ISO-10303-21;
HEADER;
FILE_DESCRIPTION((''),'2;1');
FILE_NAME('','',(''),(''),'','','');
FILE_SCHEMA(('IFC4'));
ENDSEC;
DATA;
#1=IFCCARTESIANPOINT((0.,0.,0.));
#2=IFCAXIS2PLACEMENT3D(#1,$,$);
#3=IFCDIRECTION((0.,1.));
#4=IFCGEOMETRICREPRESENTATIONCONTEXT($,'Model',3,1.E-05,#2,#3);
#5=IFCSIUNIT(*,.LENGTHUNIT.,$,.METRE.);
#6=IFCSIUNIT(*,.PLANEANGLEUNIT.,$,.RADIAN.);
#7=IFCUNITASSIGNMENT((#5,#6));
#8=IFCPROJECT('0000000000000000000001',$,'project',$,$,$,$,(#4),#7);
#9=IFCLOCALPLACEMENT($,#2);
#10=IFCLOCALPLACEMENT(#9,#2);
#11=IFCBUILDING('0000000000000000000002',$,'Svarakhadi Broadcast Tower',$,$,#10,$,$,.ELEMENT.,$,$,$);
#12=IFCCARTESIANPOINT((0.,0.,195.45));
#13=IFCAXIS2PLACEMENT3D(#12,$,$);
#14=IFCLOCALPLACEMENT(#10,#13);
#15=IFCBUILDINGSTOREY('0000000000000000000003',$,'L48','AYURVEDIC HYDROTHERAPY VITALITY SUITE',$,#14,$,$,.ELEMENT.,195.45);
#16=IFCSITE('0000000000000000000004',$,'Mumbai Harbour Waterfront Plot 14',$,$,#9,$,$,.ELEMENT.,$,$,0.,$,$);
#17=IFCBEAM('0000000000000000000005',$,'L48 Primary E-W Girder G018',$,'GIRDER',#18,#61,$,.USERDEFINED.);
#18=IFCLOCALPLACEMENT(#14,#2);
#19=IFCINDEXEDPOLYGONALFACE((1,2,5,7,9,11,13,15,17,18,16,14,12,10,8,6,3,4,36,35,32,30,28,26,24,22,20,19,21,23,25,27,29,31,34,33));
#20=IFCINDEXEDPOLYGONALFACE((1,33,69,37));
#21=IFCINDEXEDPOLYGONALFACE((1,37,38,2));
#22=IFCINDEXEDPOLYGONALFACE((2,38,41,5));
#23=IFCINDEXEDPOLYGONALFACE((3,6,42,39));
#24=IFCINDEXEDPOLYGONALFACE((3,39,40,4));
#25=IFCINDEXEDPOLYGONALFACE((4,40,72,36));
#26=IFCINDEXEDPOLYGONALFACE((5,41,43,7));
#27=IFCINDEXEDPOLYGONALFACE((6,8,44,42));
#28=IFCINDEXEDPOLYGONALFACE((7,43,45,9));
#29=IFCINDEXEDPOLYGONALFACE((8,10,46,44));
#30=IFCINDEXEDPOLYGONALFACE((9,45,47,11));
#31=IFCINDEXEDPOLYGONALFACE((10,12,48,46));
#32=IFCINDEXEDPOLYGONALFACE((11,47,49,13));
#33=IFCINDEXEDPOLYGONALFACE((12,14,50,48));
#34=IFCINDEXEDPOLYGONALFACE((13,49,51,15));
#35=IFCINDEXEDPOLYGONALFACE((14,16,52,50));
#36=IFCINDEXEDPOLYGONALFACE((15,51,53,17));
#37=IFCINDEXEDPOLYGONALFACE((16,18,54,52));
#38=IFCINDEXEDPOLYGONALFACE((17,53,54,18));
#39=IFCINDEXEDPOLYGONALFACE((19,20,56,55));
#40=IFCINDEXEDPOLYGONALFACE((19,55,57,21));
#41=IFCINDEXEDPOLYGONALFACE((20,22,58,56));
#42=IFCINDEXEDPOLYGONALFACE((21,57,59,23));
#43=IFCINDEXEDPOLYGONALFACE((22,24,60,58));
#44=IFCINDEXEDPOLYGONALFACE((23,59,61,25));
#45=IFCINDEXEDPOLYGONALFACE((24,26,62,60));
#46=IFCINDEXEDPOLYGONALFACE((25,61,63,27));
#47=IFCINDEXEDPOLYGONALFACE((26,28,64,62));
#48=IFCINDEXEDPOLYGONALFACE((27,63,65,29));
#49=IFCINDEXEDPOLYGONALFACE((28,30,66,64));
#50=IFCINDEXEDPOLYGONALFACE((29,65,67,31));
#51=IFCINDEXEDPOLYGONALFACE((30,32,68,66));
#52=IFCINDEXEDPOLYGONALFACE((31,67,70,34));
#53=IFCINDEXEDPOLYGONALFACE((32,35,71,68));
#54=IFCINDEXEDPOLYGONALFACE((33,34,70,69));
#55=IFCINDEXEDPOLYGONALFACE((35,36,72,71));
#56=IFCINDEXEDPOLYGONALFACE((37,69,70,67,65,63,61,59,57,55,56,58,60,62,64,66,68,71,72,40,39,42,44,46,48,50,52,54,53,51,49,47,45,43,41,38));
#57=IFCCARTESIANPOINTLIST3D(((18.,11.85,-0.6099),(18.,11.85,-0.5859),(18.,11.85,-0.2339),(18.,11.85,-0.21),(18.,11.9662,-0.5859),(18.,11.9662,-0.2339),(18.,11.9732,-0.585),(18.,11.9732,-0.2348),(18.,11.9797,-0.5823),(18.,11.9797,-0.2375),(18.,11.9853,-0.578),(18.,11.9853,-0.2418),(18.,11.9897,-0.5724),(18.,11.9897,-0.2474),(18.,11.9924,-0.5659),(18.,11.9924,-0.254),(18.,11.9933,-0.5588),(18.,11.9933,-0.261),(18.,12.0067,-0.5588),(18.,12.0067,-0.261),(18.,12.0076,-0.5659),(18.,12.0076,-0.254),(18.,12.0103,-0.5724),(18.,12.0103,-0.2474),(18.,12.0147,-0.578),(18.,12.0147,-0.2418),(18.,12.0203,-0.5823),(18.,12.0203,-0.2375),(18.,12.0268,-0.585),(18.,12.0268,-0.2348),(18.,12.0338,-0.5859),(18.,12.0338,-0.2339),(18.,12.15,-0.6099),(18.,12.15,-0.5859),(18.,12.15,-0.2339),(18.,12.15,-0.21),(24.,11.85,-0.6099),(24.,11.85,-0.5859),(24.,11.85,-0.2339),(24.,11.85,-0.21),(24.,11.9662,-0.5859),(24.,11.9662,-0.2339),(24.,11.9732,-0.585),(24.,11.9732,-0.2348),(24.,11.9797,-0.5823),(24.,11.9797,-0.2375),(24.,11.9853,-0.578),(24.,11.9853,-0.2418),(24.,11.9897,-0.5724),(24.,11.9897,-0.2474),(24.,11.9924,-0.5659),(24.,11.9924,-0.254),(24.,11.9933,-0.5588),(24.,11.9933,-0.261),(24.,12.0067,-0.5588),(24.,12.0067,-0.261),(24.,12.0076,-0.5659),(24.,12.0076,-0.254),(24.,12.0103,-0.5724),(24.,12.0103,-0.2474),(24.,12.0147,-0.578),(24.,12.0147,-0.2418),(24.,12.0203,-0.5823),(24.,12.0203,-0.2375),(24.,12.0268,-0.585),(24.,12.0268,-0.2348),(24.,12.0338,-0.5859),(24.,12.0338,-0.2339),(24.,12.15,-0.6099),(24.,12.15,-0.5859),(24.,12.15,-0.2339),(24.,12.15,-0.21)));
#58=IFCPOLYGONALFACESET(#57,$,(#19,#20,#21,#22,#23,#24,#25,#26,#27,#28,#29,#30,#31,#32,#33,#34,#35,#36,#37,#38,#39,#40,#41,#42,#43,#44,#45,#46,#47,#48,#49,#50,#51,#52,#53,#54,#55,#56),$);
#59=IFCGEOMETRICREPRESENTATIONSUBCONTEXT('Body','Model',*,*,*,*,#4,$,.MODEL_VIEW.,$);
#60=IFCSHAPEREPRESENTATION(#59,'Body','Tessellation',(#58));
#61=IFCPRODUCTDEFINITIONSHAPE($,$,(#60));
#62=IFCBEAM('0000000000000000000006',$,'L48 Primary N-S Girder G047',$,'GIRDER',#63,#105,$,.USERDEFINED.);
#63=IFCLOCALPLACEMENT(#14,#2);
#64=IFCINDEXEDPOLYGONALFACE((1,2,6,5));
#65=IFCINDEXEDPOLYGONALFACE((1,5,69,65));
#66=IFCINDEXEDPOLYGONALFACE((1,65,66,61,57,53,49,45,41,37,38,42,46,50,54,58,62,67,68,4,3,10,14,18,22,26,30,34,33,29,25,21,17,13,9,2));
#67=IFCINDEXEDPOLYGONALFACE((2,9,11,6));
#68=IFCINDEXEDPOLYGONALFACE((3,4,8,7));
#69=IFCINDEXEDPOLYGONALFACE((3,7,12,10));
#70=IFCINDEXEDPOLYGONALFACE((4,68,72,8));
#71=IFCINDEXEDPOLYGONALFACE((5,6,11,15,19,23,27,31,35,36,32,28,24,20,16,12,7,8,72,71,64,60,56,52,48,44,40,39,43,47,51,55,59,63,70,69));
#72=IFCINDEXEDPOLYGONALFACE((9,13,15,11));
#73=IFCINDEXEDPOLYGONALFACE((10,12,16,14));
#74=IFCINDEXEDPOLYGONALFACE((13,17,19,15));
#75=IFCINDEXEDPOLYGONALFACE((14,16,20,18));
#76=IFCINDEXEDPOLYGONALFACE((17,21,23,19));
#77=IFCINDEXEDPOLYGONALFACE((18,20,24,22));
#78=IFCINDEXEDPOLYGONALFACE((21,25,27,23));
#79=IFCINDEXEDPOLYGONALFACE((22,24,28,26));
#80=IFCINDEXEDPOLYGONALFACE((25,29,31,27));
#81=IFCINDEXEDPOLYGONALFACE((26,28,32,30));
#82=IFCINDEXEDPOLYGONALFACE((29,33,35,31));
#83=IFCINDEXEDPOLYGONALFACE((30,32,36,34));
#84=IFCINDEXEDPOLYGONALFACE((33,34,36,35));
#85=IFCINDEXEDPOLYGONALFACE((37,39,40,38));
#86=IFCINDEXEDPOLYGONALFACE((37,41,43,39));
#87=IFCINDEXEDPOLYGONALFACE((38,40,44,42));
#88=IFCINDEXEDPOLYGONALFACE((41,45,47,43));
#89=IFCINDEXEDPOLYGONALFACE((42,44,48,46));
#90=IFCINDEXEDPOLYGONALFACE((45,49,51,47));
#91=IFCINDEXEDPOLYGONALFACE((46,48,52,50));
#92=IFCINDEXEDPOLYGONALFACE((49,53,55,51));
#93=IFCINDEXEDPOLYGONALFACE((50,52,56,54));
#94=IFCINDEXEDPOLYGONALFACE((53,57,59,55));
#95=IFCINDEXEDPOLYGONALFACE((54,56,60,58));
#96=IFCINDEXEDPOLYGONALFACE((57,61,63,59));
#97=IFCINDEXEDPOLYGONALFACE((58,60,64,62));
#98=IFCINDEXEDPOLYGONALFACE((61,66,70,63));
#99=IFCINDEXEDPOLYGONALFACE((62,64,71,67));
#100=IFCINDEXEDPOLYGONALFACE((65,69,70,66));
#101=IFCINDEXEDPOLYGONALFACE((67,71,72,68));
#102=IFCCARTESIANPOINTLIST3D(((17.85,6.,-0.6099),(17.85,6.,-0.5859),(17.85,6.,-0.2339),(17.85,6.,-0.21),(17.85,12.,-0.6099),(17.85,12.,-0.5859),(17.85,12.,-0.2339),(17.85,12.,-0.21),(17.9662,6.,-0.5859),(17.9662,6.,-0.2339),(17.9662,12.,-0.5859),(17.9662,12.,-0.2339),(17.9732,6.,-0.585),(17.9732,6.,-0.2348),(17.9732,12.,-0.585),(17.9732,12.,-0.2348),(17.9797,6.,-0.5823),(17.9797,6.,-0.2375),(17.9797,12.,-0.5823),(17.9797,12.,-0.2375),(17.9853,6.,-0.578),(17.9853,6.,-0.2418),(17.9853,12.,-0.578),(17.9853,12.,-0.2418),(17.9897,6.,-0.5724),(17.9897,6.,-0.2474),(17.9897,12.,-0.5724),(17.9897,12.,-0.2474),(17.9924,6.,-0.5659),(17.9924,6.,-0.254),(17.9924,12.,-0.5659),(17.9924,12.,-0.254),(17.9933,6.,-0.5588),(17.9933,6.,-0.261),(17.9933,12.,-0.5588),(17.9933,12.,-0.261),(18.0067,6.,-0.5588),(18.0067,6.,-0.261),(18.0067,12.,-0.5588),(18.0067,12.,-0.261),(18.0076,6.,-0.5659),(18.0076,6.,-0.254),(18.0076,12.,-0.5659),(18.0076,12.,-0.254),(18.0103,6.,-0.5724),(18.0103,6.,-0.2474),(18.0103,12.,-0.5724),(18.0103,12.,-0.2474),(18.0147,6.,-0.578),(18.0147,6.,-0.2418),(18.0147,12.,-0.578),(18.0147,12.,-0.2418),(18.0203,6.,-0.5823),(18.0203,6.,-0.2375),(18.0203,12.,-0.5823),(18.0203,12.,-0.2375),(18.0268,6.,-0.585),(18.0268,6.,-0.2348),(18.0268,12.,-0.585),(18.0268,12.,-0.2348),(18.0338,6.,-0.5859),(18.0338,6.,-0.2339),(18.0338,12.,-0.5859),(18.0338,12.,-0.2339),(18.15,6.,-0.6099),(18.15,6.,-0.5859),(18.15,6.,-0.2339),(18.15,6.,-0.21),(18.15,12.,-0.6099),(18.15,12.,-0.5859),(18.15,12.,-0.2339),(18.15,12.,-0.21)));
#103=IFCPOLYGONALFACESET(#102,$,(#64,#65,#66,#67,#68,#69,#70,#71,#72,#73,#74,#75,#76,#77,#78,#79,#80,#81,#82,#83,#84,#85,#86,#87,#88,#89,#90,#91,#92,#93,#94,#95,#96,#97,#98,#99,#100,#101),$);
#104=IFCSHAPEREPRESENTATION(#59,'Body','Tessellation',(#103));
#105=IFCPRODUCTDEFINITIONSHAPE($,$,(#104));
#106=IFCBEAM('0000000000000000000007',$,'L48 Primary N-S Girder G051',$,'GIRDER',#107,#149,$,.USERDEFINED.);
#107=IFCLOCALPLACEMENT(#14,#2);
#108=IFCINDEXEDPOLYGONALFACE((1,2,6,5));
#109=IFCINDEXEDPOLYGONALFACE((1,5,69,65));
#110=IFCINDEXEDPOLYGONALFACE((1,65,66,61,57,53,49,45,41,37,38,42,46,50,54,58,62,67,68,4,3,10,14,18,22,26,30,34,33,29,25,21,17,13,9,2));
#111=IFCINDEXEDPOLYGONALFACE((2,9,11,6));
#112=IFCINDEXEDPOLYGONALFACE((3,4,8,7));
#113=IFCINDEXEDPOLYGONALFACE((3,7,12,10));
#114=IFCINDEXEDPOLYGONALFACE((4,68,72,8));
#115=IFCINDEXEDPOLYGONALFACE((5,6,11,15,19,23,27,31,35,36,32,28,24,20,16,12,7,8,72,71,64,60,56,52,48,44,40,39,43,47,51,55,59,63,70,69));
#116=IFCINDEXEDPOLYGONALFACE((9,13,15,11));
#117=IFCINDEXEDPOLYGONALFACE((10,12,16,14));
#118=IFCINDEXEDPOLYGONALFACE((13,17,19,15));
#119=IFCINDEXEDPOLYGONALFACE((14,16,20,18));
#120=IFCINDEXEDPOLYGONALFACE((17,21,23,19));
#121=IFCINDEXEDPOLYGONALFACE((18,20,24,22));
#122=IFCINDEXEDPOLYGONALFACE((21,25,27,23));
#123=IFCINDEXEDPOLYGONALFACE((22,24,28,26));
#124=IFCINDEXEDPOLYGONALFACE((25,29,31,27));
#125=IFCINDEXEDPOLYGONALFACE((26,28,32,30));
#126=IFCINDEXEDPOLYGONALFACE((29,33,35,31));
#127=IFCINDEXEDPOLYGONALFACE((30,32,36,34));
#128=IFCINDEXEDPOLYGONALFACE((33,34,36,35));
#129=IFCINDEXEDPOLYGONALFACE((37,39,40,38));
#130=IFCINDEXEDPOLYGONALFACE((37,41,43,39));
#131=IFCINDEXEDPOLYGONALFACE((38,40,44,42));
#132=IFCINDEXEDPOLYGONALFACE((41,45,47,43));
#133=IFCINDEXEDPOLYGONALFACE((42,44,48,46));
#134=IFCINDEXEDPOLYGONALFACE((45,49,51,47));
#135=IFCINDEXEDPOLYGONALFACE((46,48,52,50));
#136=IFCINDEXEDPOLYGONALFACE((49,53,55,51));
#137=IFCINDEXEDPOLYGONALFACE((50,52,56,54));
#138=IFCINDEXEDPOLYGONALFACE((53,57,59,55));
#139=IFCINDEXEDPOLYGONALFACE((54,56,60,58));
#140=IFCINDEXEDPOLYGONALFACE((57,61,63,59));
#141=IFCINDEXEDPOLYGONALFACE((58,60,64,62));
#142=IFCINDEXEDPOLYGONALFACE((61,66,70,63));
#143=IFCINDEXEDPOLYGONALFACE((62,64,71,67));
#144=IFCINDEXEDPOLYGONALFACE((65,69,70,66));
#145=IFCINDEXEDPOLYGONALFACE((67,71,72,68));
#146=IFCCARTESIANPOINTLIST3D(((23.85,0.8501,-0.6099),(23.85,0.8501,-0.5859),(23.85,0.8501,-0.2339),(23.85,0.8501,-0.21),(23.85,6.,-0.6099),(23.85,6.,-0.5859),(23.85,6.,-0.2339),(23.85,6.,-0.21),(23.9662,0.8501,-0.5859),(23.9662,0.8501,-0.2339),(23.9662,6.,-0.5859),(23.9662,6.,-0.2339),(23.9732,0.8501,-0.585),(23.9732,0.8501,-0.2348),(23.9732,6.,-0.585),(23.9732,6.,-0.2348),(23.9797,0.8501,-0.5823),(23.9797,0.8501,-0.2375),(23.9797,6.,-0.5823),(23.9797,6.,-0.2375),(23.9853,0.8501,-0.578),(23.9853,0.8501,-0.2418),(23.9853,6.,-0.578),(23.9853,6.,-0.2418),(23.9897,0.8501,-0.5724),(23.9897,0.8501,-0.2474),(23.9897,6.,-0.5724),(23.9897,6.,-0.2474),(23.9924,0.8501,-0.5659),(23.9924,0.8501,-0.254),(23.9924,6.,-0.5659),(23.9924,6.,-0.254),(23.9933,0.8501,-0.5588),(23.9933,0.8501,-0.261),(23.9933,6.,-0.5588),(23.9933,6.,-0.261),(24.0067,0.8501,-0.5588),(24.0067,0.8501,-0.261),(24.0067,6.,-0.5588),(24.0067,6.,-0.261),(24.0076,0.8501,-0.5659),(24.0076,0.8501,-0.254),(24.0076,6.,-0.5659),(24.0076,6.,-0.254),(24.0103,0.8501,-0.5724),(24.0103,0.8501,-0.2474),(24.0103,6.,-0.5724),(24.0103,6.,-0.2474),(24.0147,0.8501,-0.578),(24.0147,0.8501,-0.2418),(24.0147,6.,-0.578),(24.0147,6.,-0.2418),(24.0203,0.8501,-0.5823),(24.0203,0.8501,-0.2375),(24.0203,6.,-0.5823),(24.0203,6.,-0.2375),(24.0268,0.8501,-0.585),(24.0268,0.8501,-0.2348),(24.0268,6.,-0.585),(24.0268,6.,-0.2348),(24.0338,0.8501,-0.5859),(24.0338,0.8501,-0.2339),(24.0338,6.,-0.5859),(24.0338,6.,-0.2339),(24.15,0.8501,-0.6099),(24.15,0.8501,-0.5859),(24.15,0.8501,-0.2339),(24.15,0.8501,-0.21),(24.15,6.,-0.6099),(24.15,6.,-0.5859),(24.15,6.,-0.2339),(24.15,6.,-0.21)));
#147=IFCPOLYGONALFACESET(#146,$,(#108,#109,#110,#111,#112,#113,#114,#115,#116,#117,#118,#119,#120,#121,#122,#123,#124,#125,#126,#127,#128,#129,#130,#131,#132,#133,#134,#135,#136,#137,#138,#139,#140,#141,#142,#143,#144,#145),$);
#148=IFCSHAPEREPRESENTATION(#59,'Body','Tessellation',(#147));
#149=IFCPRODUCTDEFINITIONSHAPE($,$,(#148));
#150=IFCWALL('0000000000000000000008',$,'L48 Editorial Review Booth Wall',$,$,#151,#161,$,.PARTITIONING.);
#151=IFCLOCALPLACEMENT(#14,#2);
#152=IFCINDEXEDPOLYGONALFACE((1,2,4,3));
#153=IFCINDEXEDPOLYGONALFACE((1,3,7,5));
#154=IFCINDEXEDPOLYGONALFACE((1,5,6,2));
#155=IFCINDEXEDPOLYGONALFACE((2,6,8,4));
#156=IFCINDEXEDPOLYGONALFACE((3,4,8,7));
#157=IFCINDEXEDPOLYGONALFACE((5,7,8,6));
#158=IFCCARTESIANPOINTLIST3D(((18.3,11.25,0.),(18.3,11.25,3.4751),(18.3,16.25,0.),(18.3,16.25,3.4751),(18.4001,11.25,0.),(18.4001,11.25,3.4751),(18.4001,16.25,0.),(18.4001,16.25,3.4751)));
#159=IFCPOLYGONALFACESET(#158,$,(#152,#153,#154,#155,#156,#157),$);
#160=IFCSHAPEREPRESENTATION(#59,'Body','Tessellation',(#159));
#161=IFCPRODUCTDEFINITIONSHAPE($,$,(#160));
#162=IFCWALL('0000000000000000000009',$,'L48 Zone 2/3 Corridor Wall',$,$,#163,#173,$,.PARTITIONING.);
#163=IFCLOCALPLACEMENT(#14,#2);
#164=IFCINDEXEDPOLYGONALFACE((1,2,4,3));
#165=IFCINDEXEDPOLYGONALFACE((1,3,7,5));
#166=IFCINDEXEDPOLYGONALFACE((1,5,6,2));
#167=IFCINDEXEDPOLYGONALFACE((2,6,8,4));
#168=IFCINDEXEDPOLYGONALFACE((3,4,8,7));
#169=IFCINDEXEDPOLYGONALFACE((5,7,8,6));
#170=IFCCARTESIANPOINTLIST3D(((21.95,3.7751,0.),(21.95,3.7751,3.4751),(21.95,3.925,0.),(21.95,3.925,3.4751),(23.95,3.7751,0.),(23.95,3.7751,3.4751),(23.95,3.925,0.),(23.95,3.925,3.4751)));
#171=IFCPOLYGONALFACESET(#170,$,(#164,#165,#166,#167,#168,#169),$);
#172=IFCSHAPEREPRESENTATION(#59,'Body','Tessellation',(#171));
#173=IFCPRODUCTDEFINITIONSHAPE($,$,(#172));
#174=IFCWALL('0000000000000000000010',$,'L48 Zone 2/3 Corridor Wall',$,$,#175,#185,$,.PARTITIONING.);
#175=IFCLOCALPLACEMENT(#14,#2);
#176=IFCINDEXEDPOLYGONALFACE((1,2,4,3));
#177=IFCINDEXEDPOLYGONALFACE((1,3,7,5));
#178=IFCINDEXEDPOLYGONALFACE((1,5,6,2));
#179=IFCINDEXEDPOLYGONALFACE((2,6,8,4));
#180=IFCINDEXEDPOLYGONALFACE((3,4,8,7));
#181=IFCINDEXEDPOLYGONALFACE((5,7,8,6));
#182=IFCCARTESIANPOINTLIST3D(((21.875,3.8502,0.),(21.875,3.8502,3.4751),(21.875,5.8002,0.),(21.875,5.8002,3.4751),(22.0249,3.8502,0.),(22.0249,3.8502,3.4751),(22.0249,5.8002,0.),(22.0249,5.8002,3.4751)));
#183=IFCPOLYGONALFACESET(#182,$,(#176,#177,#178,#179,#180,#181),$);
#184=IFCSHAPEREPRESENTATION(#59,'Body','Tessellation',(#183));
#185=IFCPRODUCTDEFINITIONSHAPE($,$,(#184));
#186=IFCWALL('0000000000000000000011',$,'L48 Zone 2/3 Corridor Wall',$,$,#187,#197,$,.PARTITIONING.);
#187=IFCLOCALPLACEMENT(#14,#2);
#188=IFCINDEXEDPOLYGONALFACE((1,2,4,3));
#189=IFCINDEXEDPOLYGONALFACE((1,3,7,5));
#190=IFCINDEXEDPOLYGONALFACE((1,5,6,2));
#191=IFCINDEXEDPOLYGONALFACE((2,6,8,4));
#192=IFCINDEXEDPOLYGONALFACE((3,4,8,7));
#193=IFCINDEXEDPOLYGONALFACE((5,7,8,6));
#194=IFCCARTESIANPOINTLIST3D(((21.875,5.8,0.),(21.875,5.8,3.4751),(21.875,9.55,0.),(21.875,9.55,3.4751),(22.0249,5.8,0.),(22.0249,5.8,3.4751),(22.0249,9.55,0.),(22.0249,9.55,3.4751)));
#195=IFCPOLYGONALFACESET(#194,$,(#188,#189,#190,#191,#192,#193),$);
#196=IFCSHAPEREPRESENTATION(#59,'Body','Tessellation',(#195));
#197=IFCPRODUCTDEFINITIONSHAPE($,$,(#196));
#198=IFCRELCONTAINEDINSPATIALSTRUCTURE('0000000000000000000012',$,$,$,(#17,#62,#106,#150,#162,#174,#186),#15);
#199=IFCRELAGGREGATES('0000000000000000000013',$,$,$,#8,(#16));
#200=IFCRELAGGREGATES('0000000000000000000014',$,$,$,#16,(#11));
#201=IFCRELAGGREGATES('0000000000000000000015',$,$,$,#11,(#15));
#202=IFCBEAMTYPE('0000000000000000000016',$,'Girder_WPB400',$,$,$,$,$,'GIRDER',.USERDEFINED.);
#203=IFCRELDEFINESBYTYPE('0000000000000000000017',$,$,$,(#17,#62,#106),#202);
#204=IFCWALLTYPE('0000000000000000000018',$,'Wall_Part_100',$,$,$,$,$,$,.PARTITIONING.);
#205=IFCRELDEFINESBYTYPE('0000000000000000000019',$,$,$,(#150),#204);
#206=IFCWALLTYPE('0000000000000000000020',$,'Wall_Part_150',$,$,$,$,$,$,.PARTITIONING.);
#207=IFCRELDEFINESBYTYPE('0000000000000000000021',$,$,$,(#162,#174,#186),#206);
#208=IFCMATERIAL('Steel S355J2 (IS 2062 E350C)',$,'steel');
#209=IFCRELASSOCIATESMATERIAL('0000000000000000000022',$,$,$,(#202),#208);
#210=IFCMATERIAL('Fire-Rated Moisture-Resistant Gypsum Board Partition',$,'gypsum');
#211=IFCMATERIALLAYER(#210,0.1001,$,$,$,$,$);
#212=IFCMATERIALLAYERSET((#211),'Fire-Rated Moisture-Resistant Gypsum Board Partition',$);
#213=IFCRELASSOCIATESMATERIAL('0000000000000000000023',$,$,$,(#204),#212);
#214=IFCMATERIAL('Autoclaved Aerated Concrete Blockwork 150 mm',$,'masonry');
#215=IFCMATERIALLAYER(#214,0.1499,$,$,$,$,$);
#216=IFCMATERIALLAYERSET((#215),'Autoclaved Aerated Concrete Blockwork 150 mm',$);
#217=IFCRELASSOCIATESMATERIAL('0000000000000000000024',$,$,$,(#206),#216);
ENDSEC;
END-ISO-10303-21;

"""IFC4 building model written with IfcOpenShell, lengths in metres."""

from ifc_helpers import new_model, si_unit, direction, frame, frame_2d, origin, origin_2d, place, context, subcontext, project, spatial, rectangle, i_section, extrude, material, layer, layer_set, material_profile, profile_set, type_object, element, save


model = new_model("IFC4")

# Units and contexts
model_context = context("Model", 3, precision=1e-05, world=origin(), true_north=direction((0.0, 1.0)))
body_context = subcontext(model_context, "Body", "Model", "MODEL_VIEW")
ifc_project = project(units=[si_unit("LENGTHUNIT", "METRE"), si_unit("PLANEANGLEUNIT", "RADIAN")], contexts=[model_context])

# Site, building, storey
site_placement = place(None, origin())
site = spatial("IfcSite", under=ifc_project, at=site_placement, Name="Mumbai Harbour Waterfront Plot 14", CompositionType="ELEMENT", RefElevation=0.0)
building_placement = place(site_placement, origin())
building = spatial("IfcBuilding", under=site, at=building_placement, Name="Svarakhadi Broadcast Tower", CompositionType="ELEMENT")
storey_placement = place(building_placement, frame((0.0, 0.0, 195.45)))
storey = spatial("IfcBuildingStorey", under=building, at=storey_placement, Name="L48", Description="AYURVEDIC HYDROTHERAPY VITALITY SUITE", CompositionType="ELEMENT", Elevation=195.45)

# Beams
ifc_material_1 = material(Name="Steel S355J2 (IS 2062 E350C)", Category="steel")
ifc_material_profile_1 = material_profile(ifc_material_1, i_section(OverallWidth=0.3, OverallDepth=0.3999, WebThickness=0.0134, FlangeThickness=0.0239, FilletRadius=0.0271, at=origin_2d()), Name="WPB 400x300x155")
ifc_profile_set_1 = profile_set([ifc_material_profile_1], Name="Steel S355J2 (IS 2062 E350C)")
beam_type_1 = type_object("IfcBeamType", Name="Girder_WPB400", ElementType="GIRDER", PredefinedType="USERDEFINED", material=ifc_profile_set_1)
for number, where, z_axis, x_axis, name in (
    (1, (18.0, 12.0, -0.4099), (1.0, 0.0, 0.0), (0.0, 1.0, 0.0), "L48 Primary E-W Girder G018"),
    (2, (18.0, 6.0, -0.4099), (0.0, 1.0, 0.0), (-1.0, 0.0, 0.0), "L48 Primary N-S Girder G047"),
):
    element("IfcBeam", number, at=place(storey_placement, frame(where, z_axis=z_axis, x_axis=x_axis)), inside=storey, type_object=beam_type_1, Name=name, ObjectType="GIRDER", PredefinedType="USERDEFINED", context=body_context, shape_type="SweptSolid", body=[
        extrude(i_section(OverallWidth=0.3, OverallDepth=0.3999, WebThickness=0.0134, FlangeThickness=0.0239, FilletRadius=0.0271, at=origin_2d()), origin(), (0.0, 0.0, 1.0), 6.0),
    ])
beam_placement = place(storey_placement, frame((24.0, 0.8501, -0.4099), z_axis=(0.0, 1.0, 0.0), x_axis=(-1.0, 0.0, 0.0)))
element("IfcBeam", 3, at=beam_placement, inside=storey, type_object=beam_type_1, Name="L48 Primary N-S Girder G051", ObjectType="GIRDER", PredefinedType="USERDEFINED", context=body_context, shape_type="SweptSolid", body=[
    extrude(i_section(OverallWidth=0.3, OverallDepth=0.3999, WebThickness=0.0134, FlangeThickness=0.0239, FilletRadius=0.0271, at=origin_2d()), origin(), (0.0, 0.0, 1.0), 5.1499),
])

# Walls
ifc_material_2 = material(Name="Fire-Rated Moisture-Resistant Gypsum Board Partition", Category="gypsum")
ifc_layer_1 = layer(ifc_material_2, 0.1001)
ifc_layer_set_1 = layer_set([ifc_layer_1], Name="Fire-Rated Moisture-Resistant Gypsum Board Partition")
wall_type_1 = type_object("IfcWallType", Name="Wall_Part_100", PredefinedType="PARTITIONING", material=ifc_layer_set_1)
wall_1_placement = place(storey_placement, frame((18.3501, 11.25, 0.0), z_axis=(0.0, 0.0, 1.0), x_axis=(0.0, 1.0, 0.0)))
element("IfcWall", 4, at=wall_1_placement, inside=storey, type_object=wall_type_1, Name="L48 Editorial Review Booth Wall", PredefinedType="PARTITIONING", context=body_context, shape_type="SweptSolid", body=[
    extrude(rectangle(XDim=5.0, YDim=0.1001, at=frame_2d((2.5, 0.0))), origin(), (0.0, 0.0, 1.0), 3.4751),
])
ifc_material_3 = material(Name="Autoclaved Aerated Concrete Blockwork 150 mm", Category="masonry")
ifc_layer_2 = layer(ifc_material_3, 0.1499)
ifc_layer_set_2 = layer_set([ifc_layer_2], Name="Autoclaved Aerated Concrete Blockwork 150 mm")
wall_type_2 = type_object("IfcWallType", Name="Wall_Part_150", PredefinedType="PARTITIONING", material=ifc_layer_set_2)
wall_2_placement = place(storey_placement, frame((23.95, 3.8501, 0.0), z_axis=(0.0, 0.0, 1.0), x_axis=(-1.0, 0.0, 0.0)))
element("IfcWall", 5, at=wall_2_placement, inside=storey, type_object=wall_type_2, Name="L48 Zone 2/3 Corridor Wall", PredefinedType="PARTITIONING", context=body_context, shape_type="SweptSolid", body=[
    extrude(rectangle(XDim=2.0, YDim=0.1499, at=frame_2d((1.0, 0.0))), origin(), (0.0, 0.0, 1.0), 3.4751),
])
wall_3_placement = place(storey_placement, frame((21.95, 3.8501, 0.0), z_axis=(0.0, 0.0, 1.0), x_axis=(0.0, 1.0, 0.0)))
element("IfcWall", 6, at=wall_3_placement, inside=storey, type_object=wall_type_2, Name="L48 Zone 2/3 Corridor Wall", PredefinedType="PARTITIONING", context=body_context, shape_type="SweptSolid", body=[
    extrude(rectangle(XDim=1.95, YDim=0.1499, at=frame_2d((0.9751, 0.0))), origin(), (0.0, 0.0, 1.0), 3.4751),
])
wall_4_placement = place(storey_placement, frame((21.95, 5.8, 0.0), z_axis=(0.0, 0.0, 1.0), x_axis=(0.0, 1.0, 0.0)))
element("IfcWall", 7, at=wall_4_placement, inside=storey, type_object=wall_type_2, Name="L48 Zone 2/3 Corridor Wall", PredefinedType="PARTITIONING", context=body_context, shape_type="SweptSolid", body=[
    extrude(rectangle(XDim=3.75, YDim=0.1499, at=frame_2d((1.875, 0.0))), origin(), (0.0, 0.0, 1.0), 3.4751),
])

save(model, "model.ifc")
